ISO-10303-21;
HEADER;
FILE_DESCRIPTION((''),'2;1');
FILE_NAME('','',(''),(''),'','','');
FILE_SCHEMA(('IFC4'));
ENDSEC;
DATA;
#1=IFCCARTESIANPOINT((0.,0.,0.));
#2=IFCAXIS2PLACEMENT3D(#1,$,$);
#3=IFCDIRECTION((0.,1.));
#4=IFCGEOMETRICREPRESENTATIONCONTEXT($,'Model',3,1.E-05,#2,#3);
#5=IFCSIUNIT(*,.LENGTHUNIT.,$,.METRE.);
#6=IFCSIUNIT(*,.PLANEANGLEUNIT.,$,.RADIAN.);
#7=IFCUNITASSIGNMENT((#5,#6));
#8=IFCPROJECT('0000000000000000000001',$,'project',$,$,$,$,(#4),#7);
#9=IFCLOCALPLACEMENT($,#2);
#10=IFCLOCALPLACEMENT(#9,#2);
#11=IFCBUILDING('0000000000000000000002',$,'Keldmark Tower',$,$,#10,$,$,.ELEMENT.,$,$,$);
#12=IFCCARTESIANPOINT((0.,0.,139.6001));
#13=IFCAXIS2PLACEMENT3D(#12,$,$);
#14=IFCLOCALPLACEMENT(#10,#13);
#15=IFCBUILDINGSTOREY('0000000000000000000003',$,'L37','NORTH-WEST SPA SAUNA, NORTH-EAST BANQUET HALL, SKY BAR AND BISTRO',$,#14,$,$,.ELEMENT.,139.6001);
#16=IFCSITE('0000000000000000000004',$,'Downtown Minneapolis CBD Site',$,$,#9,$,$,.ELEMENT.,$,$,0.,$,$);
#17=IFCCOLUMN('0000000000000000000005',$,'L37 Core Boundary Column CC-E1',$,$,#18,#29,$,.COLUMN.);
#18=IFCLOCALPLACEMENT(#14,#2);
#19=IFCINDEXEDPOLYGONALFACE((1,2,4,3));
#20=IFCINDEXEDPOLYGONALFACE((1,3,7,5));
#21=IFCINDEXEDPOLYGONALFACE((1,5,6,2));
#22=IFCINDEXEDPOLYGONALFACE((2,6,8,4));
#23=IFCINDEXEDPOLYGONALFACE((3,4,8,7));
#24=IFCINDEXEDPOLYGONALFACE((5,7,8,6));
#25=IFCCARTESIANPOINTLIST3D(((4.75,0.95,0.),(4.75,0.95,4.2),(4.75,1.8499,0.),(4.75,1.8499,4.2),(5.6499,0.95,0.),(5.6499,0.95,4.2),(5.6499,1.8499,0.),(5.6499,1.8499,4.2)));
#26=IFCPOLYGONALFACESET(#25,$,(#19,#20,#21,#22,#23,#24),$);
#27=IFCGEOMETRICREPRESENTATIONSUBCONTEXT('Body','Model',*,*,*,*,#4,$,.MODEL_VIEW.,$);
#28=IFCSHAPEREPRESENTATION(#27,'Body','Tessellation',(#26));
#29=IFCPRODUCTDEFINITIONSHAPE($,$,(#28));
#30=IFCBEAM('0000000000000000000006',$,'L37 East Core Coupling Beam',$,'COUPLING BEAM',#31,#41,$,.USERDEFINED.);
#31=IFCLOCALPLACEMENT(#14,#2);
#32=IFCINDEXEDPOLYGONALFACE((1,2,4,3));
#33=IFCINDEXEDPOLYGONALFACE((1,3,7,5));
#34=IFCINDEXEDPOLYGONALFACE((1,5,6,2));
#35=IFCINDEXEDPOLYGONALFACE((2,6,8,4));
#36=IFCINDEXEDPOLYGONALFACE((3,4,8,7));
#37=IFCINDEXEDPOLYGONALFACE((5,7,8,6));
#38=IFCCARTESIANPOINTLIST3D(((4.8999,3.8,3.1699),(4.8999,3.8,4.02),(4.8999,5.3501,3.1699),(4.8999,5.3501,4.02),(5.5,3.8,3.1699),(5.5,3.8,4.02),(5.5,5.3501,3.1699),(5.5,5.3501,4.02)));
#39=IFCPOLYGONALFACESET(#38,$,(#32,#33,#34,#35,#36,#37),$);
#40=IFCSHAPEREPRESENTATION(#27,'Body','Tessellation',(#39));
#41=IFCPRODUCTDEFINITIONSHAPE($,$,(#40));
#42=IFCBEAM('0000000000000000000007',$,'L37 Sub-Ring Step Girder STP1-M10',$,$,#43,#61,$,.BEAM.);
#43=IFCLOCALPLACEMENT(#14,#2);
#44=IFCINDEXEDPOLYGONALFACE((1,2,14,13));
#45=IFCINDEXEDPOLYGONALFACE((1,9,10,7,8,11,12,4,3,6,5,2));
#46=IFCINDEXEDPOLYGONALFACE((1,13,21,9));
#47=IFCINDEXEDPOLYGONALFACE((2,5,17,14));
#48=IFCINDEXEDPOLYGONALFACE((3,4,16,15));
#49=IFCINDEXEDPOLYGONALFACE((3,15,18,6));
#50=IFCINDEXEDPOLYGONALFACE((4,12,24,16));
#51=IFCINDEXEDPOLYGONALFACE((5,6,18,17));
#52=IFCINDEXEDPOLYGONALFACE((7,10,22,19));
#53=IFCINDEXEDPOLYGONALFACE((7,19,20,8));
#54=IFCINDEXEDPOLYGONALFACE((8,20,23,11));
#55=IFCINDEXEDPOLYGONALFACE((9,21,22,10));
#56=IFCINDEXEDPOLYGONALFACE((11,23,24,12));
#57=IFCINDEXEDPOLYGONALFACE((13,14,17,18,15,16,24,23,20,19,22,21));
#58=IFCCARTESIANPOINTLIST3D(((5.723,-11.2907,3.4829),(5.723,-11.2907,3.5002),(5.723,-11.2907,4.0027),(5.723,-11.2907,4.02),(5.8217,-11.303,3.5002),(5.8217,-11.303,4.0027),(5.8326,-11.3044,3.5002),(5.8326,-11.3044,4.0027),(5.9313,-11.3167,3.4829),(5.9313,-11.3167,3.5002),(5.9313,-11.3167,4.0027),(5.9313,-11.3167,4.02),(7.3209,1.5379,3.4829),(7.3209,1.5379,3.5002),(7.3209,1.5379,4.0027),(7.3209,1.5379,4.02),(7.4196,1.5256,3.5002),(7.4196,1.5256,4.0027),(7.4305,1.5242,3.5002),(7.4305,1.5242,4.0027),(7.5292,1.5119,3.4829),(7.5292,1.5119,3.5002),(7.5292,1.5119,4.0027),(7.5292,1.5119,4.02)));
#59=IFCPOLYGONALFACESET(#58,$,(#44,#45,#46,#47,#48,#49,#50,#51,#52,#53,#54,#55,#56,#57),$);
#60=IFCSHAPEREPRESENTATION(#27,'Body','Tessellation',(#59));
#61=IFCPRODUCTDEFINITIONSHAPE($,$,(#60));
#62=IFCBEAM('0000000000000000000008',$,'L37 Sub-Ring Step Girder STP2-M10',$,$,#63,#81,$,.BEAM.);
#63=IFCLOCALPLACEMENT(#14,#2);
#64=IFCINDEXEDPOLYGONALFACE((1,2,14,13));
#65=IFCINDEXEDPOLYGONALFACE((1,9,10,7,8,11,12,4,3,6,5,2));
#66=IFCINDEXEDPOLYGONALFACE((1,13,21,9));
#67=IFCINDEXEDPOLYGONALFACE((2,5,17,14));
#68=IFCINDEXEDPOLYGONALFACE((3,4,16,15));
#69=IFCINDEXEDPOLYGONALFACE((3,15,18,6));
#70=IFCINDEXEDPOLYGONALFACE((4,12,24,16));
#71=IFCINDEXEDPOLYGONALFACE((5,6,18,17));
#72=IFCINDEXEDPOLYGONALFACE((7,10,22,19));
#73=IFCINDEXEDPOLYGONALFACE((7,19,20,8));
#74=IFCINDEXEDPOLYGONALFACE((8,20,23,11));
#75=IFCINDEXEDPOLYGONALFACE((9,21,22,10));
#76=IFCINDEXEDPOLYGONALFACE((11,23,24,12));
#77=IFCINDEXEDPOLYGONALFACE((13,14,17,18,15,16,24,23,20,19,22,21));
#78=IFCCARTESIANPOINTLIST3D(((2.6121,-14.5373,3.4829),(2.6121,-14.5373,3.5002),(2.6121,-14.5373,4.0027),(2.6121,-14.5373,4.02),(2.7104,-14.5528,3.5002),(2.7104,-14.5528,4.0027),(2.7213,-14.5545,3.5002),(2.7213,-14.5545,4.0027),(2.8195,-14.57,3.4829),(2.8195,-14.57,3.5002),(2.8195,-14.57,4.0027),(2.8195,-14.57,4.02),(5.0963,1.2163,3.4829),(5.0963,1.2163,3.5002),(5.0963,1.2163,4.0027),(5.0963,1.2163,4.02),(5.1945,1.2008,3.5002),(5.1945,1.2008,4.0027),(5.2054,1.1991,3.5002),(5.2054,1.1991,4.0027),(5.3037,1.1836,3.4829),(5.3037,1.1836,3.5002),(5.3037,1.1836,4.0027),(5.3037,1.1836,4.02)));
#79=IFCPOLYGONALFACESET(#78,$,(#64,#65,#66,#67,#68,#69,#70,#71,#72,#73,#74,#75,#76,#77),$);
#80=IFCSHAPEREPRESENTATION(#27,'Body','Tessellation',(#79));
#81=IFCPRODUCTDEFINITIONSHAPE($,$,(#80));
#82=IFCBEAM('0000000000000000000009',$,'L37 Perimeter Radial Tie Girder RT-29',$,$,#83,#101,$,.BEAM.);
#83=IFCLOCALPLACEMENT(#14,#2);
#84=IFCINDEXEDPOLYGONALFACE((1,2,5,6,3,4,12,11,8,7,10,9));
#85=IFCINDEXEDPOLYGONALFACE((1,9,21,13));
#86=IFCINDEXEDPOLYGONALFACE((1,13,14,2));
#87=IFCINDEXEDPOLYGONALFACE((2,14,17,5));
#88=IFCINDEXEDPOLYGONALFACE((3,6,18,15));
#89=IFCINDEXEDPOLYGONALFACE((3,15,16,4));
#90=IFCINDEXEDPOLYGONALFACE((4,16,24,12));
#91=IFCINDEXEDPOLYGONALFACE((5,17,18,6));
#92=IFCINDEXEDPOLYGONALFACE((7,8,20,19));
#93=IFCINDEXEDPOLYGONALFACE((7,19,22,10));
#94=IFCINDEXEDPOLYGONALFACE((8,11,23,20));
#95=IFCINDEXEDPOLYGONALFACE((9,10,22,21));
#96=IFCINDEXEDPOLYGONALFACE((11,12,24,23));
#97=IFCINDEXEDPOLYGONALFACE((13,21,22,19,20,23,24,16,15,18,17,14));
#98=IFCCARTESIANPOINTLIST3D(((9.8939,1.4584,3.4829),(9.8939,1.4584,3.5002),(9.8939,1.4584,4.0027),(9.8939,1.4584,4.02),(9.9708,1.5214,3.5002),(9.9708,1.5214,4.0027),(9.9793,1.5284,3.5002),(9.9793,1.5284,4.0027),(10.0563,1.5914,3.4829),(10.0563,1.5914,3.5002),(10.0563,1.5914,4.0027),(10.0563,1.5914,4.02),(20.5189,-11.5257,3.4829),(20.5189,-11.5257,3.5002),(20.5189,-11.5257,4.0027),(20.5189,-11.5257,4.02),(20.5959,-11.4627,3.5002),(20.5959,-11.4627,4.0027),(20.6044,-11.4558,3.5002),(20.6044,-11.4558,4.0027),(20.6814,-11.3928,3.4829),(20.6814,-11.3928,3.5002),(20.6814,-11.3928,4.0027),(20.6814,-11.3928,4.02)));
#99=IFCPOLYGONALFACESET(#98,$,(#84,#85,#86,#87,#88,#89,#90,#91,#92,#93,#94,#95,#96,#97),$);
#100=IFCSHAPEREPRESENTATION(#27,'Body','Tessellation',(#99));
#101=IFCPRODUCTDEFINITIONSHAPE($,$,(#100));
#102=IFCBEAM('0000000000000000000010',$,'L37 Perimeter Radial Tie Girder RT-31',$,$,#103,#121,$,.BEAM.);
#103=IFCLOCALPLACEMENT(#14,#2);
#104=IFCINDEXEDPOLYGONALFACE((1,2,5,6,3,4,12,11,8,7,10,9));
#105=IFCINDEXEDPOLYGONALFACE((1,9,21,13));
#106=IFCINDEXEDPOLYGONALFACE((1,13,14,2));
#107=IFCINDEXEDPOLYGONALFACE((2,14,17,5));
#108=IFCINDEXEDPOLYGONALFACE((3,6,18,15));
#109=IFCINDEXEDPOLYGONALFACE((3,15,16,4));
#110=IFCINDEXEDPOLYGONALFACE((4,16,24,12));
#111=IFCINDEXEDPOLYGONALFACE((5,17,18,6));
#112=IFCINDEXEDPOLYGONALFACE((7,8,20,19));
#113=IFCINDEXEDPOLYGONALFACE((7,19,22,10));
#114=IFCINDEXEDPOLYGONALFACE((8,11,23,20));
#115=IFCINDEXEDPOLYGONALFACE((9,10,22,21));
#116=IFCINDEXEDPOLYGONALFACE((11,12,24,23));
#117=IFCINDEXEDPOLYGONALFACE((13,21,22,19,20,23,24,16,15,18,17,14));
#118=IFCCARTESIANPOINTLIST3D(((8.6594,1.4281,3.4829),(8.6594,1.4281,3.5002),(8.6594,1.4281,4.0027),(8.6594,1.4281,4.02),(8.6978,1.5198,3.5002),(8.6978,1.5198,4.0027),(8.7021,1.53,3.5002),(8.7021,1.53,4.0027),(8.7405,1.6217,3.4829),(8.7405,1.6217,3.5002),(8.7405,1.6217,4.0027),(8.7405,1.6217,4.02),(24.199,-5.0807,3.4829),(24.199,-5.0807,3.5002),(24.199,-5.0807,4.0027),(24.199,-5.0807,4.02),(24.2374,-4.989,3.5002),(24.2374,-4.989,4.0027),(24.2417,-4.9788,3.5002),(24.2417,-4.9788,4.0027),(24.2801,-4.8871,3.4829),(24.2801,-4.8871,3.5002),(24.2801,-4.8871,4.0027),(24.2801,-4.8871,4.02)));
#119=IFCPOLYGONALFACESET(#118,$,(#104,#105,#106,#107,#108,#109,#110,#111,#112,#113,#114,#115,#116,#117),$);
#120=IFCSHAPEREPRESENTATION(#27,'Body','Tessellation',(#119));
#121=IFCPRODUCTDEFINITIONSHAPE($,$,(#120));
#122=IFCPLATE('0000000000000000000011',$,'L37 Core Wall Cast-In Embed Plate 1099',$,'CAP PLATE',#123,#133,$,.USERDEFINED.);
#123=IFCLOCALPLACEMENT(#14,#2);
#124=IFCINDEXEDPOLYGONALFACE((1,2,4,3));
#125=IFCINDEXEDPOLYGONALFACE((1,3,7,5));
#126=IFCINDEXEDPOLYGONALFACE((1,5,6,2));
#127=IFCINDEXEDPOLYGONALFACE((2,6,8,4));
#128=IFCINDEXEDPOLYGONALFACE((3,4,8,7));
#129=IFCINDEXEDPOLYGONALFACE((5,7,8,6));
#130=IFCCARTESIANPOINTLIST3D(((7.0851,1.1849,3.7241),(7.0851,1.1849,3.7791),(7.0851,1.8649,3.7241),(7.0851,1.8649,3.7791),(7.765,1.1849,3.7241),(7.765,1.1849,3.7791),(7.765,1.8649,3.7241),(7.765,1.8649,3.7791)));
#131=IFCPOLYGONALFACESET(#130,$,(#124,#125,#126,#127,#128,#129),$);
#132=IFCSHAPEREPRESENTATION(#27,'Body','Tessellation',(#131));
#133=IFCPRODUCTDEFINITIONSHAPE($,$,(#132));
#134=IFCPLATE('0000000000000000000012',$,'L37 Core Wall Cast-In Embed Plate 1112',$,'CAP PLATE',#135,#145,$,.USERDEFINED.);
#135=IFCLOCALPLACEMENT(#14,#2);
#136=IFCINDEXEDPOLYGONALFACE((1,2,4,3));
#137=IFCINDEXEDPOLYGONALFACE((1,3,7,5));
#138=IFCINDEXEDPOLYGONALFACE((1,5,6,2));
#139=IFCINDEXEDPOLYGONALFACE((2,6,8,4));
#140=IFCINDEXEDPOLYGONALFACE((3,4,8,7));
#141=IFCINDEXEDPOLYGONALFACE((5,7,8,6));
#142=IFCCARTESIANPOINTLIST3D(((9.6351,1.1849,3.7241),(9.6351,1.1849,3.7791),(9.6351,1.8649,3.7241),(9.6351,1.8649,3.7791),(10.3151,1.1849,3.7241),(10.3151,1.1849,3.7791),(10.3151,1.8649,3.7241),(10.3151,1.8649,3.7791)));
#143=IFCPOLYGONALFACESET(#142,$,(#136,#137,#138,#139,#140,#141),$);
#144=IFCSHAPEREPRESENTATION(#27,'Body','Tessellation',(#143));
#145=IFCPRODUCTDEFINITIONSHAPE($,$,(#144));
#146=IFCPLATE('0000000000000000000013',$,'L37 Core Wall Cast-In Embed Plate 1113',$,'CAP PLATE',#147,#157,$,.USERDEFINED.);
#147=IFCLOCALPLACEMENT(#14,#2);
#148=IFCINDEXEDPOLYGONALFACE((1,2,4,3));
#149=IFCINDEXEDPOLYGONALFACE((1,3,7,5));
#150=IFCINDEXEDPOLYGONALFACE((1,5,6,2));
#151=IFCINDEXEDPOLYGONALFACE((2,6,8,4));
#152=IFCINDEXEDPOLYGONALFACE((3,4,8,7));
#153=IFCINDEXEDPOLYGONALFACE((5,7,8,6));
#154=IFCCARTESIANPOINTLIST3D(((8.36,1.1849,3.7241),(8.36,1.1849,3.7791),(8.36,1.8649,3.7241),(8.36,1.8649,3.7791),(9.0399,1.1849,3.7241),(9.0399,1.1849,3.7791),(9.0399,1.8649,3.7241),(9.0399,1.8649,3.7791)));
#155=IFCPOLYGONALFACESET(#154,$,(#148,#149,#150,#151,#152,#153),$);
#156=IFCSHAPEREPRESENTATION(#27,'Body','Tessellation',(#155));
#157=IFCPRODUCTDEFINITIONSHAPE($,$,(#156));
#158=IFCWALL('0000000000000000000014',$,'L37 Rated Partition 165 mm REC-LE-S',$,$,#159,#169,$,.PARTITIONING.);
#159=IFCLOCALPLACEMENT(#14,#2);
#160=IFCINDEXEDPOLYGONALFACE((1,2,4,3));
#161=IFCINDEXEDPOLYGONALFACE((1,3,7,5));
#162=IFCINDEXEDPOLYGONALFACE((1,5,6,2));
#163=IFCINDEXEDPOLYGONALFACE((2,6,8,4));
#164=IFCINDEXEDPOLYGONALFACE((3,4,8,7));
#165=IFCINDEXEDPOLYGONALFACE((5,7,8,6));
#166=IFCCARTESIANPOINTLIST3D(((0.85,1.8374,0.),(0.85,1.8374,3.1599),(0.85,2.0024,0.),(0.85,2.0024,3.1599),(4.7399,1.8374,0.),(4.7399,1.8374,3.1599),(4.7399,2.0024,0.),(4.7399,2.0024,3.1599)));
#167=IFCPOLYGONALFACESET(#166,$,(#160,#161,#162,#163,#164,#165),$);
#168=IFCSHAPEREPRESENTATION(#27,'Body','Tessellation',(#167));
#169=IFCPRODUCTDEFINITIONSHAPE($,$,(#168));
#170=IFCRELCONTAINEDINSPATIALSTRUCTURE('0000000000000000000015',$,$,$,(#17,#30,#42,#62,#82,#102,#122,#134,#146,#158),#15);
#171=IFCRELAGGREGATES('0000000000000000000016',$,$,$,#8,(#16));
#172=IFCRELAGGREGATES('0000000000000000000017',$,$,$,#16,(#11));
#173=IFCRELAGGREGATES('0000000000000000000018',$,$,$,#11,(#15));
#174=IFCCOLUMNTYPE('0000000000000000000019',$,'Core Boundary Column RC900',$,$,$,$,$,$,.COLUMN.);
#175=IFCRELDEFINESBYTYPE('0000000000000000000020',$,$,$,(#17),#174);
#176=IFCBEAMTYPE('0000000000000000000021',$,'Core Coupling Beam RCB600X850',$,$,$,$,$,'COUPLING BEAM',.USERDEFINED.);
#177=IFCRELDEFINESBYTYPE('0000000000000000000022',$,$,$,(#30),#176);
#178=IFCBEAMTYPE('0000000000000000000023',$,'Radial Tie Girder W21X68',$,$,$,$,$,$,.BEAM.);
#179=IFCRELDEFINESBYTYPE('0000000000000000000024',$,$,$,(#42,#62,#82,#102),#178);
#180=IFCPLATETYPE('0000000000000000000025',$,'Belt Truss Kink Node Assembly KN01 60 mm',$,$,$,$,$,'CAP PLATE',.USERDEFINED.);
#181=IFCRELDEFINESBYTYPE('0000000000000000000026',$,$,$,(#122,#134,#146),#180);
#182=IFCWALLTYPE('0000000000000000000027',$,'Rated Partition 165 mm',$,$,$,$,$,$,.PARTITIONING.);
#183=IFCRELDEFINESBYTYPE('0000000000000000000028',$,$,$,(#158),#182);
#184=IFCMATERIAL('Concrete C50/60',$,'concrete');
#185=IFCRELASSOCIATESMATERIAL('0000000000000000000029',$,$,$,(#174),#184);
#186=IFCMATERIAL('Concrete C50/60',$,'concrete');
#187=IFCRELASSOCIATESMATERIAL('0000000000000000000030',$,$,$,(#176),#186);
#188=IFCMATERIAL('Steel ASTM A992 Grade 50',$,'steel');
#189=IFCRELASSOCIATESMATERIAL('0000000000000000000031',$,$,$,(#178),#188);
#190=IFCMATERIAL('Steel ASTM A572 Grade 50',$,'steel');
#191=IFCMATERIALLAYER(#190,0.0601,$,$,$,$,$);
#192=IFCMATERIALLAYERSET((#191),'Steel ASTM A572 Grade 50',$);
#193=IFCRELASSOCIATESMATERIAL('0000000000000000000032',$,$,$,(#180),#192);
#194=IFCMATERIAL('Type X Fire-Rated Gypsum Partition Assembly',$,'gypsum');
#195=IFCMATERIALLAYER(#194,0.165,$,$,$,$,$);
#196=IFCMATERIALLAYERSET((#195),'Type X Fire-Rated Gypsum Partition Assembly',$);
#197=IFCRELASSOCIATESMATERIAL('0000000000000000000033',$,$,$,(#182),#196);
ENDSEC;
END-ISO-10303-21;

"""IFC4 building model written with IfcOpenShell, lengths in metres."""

from ifc_helpers import new_model, si_unit, direction, frame, frame_2d, origin, origin_2d, place, context, subcontext, project, spatial, rectangle, i_section, extrude, material, layer, layer_set, material_profile, profile_set, type_object, element, save


model = new_model("IFC4")

# Units and contexts
model_context = context("Model", 3, precision=1e-05, world=origin(), true_north=direction((0.0, 1.0)))
body_context = subcontext(model_context, "Body", "Model", "MODEL_VIEW")
ifc_project = project(units=[si_unit("LENGTHUNIT", "METRE"), si_unit("PLANEANGLEUNIT", "RADIAN")], contexts=[model_context])

# Site, building, storey
site_placement = place(None, origin())
site = spatial("IfcSite", under=ifc_project, at=site_placement, Name="Downtown Minneapolis CBD Site", CompositionType="ELEMENT", RefElevation=0.0)
building_placement = place(site_placement, origin())
building = spatial("IfcBuilding", under=site, at=building_placement, Name="Keldmark Tower", CompositionType="ELEMENT")
storey_placement = place(building_placement, frame((0.0, 0.0, 139.6001)))
storey = spatial("IfcBuildingStorey", under=building, at=storey_placement, Name="L37", Description="NORTH-WEST SPA SAUNA, NORTH-EAST BANQUET HALL, SKY BAR AND BISTRO", CompositionType="ELEMENT", Elevation=139.6001)

# Column
ifc_material_1 = material(Name="Concrete C50/60", Category="concrete")
ifc_material_profile_1 = material_profile(ifc_material_1, rectangle(XDim=0.8999, YDim=0.8999, at=origin_2d()), Name="RC900X900")
ifc_profile_set_1 = profile_set([ifc_material_profile_1], Name="Concrete C50/60")
column_type = type_object("IfcColumnType", Name="Core Boundary Column RC900", PredefinedType="COLUMN", material=ifc_profile_set_1)
column_placement = place(storey_placement, frame((5.2, 1.3999, 0.0), z_axis=(0.0, 0.0, 1.0), x_axis=(1.0, 0.0, 0.0)))
element("IfcColumn", 1, at=column_placement, inside=storey, type_object=column_type, Name="L37 Core Boundary Column CC-E1", PredefinedType="COLUMN", context=body_context, shape_type="SweptSolid", body=[
    extrude(rectangle(XDim=0.8999, YDim=0.8999, at=origin_2d()), origin(), (0.0, 0.0, 1.0), 4.2),
])

# Beams
ifc_material_2 = material(Name="Concrete C50/60", Category="concrete")
ifc_material_profile_2 = material_profile(ifc_material_2, rectangle(XDim=0.6001, YDim=0.8501, at=origin_2d()), Name="RCB600X850")
ifc_profile_set_2 = profile_set([ifc_material_profile_2], Name="Concrete C50/60")
beam_type_1 = type_object("IfcBeamType", Name="Core Coupling Beam RCB600X850", ElementType="COUPLING BEAM", PredefinedType="USERDEFINED", material=ifc_profile_set_2)
beam_1_placement = place(storey_placement, frame((5.2, 3.8, 3.595), z_axis=(0.0, 1.0, 0.0), x_axis=(-1.0, 0.0, 0.0)))
element("IfcBeam", 2, at=beam_1_placement, inside=storey, type_object=beam_type_1, Name="L37 East Core Coupling Beam", ObjectType="COUPLING BEAM", PredefinedType="USERDEFINED", context=body_context, shape_type="SweptSolid", body=[
    extrude(rectangle(XDim=0.6001, YDim=0.8501, at=origin_2d()), origin(), (0.0, 0.0, 1.0), 1.55),
])
ifc_material_3 = material(Name="Steel ASTM A992 Grade 50", Category="steel")
ifc_material_profile_3 = material_profile(ifc_material_3, i_section(OverallWidth=0.21, OverallDepth=0.5371, WebThickness=0.011, FlangeThickness=0.0173, at=origin_2d()), Name="W21X68")
ifc_profile_set_3 = profile_set([ifc_material_profile_3], Name="Steel ASTM A992 Grade 50")
beam_type_2 = type_object("IfcBeamType", Name="Radial Tie Girder W21X68", PredefinedType="BEAM", material=ifc_profile_set_3)
beam_2_placement = place(storey_placement, frame((7.425, 1.5249, 3.7515), z_axis=(-0.123602, -0.992332, 0.0), x_axis=(0.992332, -0.123602, 0.0)))
element("IfcBeam", 3, at=beam_2_placement, inside=storey, type_object=beam_type_2, Name="L37 Sub-Ring Step Girder STP1-M10", PredefinedType="BEAM", context=body_context, shape_type="SweptSolid", body=[
    extrude(i_section(OverallWidth=0.21, OverallDepth=0.5371, WebThickness=0.011, FlangeThickness=0.0173, at=origin_2d()), origin(), (0.0, 0.0, 1.0), 12.9277),
])
beam_3_placement = place(storey_placement, frame((5.2, 1.2, 3.7515), z_axis=(-0.155761, -0.987795, 0.0), x_axis=(0.987795, -0.155761, 0.0)))
element("IfcBeam", 4, at=beam_3_placement, inside=storey, type_object=beam_type_2, Name="L37 Sub-Ring Step Girder STP2-M10", PredefinedType="BEAM", context=body_context, shape_type="SweptSolid", body=[
    extrude(i_section(OverallWidth=0.21, OverallDepth=0.5371, WebThickness=0.011, FlangeThickness=0.0173, at=origin_2d()), origin(), (0.0, 0.0, 1.0), 15.9482),
])
beam_4_placement = place(storey_placement, frame((9.9751, 1.5249, 3.7515), z_axis=(0.633296, -0.77391, 0.0), x_axis=(0.77391, 0.633296, 0.0)))
element("IfcBeam", 5, at=beam_4_placement, inside=storey, type_object=beam_type_2, Name="L37 Perimeter Radial Tie Girder RT-29", PredefinedType="BEAM", context=body_context, shape_type="SweptSolid", body=[
    extrude(i_section(OverallWidth=0.21, OverallDepth=0.5371, WebThickness=0.011, FlangeThickness=0.0173, at=origin_2d()), origin(), (0.0, 0.0, 1.0), 16.7773),
])
beam_5_placement = place(storey_placement, frame((8.7, 1.5249, 3.7515), z_axis=(0.922359, -0.386333, 0.0), x_axis=(0.386333, 0.922359, 0.0)))
element("IfcBeam", 6, at=beam_5_placement, inside=storey, type_object=beam_type_2, Name="L37 Perimeter Radial Tie Girder RT-31", PredefinedType="BEAM", context=body_context, shape_type="SweptSolid", body=[
    extrude(i_section(OverallWidth=0.21, OverallDepth=0.5371, WebThickness=0.011, FlangeThickness=0.0173, at=origin_2d()), origin(), (0.0, 0.0, 1.0), 16.8477),
])

# Plates
ifc_material_4 = material(Name="Steel ASTM A572 Grade 50", Category="steel")
ifc_layer_1 = layer(ifc_material_4, 0.0601)
ifc_layer_set_1 = layer_set([ifc_layer_1], Name="Steel ASTM A572 Grade 50")
plate_type = type_object("IfcPlateType", Name="Belt Truss Kink Node Assembly KN01 60 mm", ElementType="CAP PLATE", PredefinedType="USERDEFINED", material=ifc_layer_set_1)
for number, where, z_axis, x_axis, name in (
    (7, (7.425, 1.5249, 3.7241), (0.0, 0.0, 1.0), (1.0, 0.0, 0.0), "L37 Core Wall Cast-In Embed Plate 1099"),
    (8, (9.9751, 1.5249, 3.7241), (0.0, 0.0, 1.0), (1.0, 0.0, 0.0), "L37 Core Wall Cast-In Embed Plate 1112"),
    (9, (8.7, 1.5249, 3.7241), (0.0, 0.0, 1.0), (1.0, 0.0, 0.0), "L37 Core Wall Cast-In Embed Plate 1113"),
):
    element("IfcPlate", number, at=place(storey_placement, frame(where, z_axis=z_axis, x_axis=x_axis)), inside=storey, type_object=plate_type, Name=name, ObjectType="CAP PLATE", PredefinedType="USERDEFINED", context=body_context, shape_type="SweptSolid", body=[
        extrude(rectangle(XDim=0.6799, YDim=0.6799, at=origin_2d()), origin(), (0.0, 0.0, 1.0), 0.0549),
    ])

# Wall
ifc_material_5 = material(Name="Type X Fire-Rated Gypsum Partition Assembly", Category="gypsum")
ifc_layer_2 = layer(ifc_material_5, 0.165)
ifc_layer_set_2 = layer_set([ifc_layer_2], Name="Type X Fire-Rated Gypsum Partition Assembly")
wall_type_1 = type_object("IfcWallType", Name="Rated Partition 165 mm", PredefinedType="PARTITIONING", material=ifc_layer_set_2)
wall_1_placement = place(storey_placement, frame((0.8501, 1.9199, 0.0), z_axis=(0.0, 0.0, 1.0), x_axis=(1.0, 0.0, 0.0)))
element("IfcWall", 10, at=wall_1_placement, inside=storey, type_object=wall_type_1, Name="L37 Rated Partition 165 mm REC-LE-S", PredefinedType="PARTITIONING", context=body_context, shape_type="SweptSolid", body=[
    extrude(rectangle(XDim=3.8899, YDim=0.165, at=frame_2d((1.9448, 0.0))), origin(), (0.0, 0.0, 1.0), 3.1599),
])

save(model, "model.ifc")
